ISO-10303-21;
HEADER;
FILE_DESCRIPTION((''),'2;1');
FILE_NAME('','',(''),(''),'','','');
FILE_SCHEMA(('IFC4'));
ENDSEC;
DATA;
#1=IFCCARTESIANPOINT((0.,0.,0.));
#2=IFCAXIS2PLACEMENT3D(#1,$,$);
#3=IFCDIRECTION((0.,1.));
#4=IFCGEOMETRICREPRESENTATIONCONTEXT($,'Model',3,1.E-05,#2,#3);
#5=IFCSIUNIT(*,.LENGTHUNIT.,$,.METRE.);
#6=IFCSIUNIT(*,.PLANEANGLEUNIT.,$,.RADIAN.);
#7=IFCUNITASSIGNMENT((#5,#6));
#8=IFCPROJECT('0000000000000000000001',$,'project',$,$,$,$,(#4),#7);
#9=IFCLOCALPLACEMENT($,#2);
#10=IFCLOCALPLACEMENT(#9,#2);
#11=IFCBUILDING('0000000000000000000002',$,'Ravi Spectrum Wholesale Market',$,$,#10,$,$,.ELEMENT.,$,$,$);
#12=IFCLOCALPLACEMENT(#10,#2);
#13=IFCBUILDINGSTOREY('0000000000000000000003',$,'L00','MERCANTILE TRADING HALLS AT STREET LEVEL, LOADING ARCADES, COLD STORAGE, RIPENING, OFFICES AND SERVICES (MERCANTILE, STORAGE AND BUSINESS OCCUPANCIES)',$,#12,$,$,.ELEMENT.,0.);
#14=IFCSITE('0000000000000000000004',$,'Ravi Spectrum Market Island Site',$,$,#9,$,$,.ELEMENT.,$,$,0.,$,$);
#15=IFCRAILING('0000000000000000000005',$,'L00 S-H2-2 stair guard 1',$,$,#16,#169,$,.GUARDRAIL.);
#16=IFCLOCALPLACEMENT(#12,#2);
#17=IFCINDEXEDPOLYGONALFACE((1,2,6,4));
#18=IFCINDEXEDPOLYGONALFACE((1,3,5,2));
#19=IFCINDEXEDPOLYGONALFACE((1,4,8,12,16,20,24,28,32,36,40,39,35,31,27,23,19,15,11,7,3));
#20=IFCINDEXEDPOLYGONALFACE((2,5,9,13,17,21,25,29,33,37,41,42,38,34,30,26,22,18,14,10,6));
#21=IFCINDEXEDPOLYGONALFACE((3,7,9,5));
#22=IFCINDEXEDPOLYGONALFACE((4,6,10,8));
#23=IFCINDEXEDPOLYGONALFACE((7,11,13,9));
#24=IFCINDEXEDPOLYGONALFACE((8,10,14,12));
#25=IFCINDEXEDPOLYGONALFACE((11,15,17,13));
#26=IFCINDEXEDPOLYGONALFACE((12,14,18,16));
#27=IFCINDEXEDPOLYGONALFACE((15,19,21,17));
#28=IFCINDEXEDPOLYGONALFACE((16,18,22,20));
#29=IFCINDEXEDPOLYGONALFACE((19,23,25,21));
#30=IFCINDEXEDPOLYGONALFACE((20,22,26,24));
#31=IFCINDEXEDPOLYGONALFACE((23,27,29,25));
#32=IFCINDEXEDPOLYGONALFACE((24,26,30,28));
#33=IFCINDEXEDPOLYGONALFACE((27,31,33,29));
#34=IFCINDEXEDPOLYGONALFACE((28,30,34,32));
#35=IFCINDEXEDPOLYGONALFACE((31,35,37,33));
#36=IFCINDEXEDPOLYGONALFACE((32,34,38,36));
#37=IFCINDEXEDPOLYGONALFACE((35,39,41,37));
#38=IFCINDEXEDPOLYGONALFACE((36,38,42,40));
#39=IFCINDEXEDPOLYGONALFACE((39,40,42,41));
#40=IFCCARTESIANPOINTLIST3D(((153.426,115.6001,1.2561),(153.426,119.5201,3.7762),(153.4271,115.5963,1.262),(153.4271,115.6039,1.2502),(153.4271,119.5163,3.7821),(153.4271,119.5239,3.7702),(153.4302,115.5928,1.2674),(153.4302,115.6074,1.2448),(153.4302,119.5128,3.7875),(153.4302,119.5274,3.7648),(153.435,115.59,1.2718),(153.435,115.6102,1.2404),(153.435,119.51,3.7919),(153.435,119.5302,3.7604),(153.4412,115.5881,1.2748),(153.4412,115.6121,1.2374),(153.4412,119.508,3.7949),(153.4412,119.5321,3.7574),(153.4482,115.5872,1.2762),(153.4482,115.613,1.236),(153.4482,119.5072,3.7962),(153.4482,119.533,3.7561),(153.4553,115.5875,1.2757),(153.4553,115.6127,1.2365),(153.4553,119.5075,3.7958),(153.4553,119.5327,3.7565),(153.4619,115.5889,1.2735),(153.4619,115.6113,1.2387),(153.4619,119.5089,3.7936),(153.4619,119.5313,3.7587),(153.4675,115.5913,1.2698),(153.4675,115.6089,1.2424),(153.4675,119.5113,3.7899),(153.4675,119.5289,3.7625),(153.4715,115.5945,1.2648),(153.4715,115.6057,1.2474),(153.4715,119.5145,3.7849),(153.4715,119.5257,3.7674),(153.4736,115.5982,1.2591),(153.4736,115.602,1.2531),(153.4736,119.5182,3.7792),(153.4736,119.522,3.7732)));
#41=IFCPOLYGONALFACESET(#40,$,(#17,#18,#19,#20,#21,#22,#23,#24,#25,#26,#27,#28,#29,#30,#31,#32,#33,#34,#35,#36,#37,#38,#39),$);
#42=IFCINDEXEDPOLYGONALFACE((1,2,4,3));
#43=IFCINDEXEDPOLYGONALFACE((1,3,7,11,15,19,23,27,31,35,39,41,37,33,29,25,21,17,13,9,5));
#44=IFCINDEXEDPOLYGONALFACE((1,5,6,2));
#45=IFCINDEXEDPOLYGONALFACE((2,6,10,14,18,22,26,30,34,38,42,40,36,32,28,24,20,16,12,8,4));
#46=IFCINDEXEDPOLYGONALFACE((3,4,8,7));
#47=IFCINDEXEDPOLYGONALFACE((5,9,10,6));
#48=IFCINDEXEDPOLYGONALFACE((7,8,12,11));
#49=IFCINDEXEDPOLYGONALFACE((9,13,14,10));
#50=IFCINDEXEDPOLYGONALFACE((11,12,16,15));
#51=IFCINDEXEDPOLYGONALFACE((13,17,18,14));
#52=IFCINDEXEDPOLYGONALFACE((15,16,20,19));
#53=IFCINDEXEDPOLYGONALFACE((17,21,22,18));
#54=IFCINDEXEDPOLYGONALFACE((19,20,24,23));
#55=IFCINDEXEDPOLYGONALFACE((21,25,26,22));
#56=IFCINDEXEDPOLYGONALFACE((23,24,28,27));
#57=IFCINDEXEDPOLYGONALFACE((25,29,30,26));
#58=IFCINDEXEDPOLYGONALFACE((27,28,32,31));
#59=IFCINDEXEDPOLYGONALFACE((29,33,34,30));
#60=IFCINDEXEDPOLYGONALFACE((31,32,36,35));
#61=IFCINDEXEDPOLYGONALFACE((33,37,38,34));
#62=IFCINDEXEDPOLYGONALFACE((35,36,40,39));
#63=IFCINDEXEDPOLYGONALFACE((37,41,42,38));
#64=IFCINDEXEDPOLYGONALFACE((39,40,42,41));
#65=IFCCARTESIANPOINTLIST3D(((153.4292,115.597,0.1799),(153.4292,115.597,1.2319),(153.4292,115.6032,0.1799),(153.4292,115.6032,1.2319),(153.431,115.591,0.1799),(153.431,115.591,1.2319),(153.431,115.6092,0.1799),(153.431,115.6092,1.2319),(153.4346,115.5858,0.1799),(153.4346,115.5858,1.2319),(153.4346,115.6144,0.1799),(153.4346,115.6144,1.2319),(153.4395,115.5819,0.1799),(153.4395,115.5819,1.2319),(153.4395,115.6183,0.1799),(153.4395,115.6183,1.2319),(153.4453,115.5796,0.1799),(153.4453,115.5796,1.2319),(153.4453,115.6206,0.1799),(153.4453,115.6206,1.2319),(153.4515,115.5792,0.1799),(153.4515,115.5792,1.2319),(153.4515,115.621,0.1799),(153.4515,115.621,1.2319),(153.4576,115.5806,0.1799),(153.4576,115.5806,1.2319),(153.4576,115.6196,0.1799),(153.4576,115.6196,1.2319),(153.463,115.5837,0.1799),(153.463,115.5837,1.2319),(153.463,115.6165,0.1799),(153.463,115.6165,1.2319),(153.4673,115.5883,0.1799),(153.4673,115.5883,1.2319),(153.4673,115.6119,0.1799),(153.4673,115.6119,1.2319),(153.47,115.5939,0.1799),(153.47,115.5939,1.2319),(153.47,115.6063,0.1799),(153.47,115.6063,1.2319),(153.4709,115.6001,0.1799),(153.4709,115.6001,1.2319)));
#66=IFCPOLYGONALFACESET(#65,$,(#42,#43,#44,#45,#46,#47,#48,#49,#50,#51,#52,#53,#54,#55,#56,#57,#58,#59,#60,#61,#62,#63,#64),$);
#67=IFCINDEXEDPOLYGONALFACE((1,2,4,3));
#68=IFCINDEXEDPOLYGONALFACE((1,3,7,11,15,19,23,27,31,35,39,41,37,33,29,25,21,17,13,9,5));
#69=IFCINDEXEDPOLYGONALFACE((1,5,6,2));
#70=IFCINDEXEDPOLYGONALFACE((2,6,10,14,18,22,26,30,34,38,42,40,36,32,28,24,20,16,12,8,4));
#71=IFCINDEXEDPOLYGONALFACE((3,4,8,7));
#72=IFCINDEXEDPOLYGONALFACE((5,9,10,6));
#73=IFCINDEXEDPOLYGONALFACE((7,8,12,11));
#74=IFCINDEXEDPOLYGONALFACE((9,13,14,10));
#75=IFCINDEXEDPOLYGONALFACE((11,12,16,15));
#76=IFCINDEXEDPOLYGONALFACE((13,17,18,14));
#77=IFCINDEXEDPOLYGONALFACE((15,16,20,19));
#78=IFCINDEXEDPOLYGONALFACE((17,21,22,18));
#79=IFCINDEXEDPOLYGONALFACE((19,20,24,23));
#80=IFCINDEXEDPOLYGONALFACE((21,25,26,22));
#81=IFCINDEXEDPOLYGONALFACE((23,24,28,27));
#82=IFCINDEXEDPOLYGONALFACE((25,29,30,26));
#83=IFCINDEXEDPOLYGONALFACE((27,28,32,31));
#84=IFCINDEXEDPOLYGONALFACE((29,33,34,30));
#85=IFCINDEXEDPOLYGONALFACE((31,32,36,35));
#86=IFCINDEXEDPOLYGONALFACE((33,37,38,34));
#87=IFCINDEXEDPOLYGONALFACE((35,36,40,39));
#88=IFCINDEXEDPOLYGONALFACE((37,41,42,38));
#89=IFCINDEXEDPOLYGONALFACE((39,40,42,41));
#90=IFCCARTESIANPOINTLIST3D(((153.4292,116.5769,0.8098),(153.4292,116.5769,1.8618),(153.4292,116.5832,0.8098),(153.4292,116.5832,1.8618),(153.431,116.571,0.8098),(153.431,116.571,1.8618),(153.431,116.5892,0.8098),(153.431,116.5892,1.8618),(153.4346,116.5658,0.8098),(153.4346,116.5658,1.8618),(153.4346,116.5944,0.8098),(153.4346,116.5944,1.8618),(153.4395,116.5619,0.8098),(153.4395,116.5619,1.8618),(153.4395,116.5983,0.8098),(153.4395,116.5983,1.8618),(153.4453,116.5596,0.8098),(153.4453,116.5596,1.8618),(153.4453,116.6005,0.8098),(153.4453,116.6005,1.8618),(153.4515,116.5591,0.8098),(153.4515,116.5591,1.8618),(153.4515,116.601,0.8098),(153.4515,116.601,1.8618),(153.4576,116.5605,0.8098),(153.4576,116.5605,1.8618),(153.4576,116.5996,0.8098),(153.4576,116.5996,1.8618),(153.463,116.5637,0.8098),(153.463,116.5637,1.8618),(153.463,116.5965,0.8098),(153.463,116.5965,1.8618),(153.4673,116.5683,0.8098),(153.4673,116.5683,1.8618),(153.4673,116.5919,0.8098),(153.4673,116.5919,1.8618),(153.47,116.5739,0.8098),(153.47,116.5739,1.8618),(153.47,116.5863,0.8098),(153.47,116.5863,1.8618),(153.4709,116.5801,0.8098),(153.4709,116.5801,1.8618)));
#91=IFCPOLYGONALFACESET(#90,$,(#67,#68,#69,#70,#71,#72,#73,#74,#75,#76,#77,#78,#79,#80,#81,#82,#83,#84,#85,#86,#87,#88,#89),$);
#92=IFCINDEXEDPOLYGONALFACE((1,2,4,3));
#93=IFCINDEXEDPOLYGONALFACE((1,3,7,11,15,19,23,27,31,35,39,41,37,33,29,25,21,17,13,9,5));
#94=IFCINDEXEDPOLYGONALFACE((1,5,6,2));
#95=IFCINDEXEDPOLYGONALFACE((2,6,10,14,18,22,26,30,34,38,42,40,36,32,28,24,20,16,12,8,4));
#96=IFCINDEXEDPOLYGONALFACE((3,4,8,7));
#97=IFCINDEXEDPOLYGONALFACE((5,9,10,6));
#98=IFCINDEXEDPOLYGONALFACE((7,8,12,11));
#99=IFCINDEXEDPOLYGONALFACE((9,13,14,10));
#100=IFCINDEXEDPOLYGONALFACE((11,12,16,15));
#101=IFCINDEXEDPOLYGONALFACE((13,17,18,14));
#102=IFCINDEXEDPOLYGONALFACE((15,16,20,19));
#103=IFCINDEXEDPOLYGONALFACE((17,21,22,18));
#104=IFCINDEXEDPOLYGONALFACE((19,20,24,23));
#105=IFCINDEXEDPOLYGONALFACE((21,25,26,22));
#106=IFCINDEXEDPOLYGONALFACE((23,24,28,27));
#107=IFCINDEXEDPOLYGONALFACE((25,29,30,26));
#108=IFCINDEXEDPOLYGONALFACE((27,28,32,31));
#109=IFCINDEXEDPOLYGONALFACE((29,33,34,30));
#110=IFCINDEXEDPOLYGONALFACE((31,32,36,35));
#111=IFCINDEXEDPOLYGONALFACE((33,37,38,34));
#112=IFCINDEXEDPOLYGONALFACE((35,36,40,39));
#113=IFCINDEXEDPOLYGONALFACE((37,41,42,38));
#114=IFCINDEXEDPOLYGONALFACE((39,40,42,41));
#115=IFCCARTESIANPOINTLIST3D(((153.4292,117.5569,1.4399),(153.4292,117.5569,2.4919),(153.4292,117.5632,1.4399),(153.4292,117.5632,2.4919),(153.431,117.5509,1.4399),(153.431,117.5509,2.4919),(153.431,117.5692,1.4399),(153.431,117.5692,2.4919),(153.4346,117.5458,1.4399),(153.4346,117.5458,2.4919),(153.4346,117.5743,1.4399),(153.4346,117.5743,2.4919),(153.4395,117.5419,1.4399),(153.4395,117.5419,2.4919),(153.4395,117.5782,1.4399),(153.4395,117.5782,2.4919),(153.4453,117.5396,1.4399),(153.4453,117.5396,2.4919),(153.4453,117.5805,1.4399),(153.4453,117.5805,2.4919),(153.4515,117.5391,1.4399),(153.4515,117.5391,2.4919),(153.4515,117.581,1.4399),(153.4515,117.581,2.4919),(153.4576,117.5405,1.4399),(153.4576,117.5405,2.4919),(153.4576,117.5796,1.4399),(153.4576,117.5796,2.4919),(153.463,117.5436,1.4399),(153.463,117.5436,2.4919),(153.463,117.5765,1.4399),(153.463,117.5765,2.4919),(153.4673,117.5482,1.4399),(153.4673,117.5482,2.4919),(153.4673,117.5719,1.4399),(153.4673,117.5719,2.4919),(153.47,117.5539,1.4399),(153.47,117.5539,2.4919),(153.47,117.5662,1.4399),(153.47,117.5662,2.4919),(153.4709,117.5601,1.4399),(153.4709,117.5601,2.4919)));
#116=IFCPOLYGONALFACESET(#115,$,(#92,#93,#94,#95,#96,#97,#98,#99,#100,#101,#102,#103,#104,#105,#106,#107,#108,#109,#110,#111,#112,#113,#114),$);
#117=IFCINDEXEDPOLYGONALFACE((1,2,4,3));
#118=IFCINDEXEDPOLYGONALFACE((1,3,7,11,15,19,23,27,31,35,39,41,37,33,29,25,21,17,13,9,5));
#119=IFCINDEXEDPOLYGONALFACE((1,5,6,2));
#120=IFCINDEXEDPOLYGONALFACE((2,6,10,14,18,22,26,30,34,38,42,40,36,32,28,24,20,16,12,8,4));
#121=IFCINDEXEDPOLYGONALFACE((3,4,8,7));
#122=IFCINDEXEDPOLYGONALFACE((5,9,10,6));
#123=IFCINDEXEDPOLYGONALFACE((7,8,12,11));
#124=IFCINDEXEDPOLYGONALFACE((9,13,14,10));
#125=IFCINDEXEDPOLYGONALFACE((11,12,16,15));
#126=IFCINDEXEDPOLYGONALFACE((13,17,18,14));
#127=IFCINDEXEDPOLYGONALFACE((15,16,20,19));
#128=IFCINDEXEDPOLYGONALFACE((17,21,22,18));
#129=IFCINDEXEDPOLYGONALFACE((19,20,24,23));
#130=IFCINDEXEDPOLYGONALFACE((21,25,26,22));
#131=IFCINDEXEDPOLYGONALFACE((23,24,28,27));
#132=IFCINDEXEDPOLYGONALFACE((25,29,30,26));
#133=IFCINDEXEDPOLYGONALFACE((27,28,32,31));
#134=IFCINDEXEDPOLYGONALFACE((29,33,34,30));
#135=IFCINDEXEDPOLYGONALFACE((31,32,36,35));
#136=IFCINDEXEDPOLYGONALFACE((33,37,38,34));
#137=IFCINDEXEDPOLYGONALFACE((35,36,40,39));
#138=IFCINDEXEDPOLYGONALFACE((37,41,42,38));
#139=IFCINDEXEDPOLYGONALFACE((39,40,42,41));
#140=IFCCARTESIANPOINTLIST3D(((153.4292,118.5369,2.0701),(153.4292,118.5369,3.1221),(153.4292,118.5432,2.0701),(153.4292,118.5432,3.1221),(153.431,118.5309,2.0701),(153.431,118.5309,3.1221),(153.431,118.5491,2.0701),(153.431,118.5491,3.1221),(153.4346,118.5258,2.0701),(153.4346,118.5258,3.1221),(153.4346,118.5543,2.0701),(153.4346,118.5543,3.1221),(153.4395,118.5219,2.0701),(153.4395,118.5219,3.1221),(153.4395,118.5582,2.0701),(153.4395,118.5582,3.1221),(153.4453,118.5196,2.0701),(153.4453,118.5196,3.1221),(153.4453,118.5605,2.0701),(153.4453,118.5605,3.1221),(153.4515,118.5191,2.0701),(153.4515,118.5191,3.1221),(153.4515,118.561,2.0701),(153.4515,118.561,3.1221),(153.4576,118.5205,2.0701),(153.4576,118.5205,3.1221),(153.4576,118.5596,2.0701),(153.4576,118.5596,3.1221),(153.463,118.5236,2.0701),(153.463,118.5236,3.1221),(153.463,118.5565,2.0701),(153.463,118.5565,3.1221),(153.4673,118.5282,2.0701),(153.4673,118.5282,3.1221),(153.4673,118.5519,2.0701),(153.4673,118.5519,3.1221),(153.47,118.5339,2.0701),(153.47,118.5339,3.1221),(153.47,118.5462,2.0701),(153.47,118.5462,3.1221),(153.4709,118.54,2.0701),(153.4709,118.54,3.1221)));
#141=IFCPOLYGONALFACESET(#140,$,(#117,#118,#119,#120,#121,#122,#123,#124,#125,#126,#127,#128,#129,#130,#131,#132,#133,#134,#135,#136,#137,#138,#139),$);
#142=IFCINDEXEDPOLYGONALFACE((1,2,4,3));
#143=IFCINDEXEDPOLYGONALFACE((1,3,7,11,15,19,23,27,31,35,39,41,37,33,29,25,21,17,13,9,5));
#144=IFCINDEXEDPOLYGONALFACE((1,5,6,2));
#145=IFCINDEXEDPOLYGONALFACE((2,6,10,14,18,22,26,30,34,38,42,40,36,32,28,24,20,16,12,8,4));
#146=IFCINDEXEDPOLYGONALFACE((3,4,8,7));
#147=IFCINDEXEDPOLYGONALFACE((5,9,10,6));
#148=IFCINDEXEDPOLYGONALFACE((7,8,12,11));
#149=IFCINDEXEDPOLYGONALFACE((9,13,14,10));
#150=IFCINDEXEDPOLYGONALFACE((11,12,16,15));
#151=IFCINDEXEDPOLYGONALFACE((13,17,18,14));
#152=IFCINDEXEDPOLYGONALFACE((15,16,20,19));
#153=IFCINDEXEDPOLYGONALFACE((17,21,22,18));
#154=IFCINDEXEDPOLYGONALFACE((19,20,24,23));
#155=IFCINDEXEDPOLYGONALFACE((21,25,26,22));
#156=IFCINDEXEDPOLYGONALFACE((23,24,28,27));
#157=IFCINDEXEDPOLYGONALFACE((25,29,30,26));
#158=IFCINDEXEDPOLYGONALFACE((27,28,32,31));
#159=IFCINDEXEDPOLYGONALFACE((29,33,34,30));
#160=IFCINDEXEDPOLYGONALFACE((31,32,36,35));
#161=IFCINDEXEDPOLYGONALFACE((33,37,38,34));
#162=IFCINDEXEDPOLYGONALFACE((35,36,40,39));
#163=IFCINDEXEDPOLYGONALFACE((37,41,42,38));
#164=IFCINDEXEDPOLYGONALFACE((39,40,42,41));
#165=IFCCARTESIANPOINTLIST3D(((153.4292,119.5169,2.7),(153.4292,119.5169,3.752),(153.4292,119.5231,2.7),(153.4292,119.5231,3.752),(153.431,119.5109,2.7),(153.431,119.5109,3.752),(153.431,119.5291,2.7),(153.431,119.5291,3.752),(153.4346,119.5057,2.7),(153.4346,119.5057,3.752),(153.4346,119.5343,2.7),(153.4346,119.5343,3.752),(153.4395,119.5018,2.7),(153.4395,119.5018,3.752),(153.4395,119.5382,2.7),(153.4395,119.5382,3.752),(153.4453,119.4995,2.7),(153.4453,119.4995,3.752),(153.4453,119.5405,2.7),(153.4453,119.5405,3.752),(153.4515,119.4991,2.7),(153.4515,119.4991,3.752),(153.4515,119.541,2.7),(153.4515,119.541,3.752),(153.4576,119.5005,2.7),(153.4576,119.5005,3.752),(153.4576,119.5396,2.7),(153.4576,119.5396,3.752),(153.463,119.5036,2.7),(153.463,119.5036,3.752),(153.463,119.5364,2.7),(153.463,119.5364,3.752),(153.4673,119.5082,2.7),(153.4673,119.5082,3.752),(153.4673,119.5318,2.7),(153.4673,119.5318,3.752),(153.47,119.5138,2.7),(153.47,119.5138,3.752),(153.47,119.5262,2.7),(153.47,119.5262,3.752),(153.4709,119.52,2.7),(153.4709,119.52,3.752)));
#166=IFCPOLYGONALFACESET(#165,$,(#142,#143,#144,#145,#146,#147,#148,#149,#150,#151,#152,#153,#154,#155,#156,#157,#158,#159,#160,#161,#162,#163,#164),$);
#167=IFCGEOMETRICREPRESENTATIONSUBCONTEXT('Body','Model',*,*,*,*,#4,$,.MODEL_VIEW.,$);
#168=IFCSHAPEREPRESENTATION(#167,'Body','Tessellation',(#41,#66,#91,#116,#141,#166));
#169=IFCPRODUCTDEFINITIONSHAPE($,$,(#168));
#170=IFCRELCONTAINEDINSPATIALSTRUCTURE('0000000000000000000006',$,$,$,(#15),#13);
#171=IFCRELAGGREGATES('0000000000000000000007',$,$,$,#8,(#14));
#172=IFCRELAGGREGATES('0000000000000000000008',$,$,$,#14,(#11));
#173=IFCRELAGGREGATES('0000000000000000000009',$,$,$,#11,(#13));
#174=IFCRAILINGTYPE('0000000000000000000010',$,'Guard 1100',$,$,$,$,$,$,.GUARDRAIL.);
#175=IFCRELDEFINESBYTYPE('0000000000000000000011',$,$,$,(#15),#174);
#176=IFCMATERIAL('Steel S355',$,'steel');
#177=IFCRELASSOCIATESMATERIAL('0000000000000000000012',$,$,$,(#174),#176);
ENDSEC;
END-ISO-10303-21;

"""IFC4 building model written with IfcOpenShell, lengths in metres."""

from ifc_helpers import new_model, si_unit, direction, frame, origin, origin_2d, place, context, subcontext, project, spatial, circle, extrude, material, type_object, element, save


model = new_model("IFC4")

# Units and contexts
model_context = context("Model", 3, precision=1e-05, world=origin(), true_north=direction((0.0, 1.0)))
body_context = subcontext(model_context, "Body", "Model", "MODEL_VIEW")
ifc_project = project(units=[si_unit("LENGTHUNIT", "METRE"), si_unit("PLANEANGLEUNIT", "RADIAN")], contexts=[model_context])

# Site, building, storey
site_placement = place(None, origin())
site = spatial("IfcSite", under=ifc_project, at=site_placement, Name="Ravi Spectrum Market Island Site", CompositionType="ELEMENT", RefElevation=0.0)
building_placement = place(site_placement, origin())
building = spatial("IfcBuilding", under=site, at=building_placement, Name="Ravi Spectrum Wholesale Market", CompositionType="ELEMENT")
storey_placement = place(building_placement, origin())
storey = spatial("IfcBuildingStorey", under=building, at=storey_placement, Name="L00", Description="MERCANTILE TRADING HALLS AT STREET LEVEL, LOADING ARCADES, COLD STORAGE, RIPENING, OFFICES AND SERVICES (MERCANTILE, STORAGE AND BUSINESS OCCUPANCIES)", CompositionType="ELEMENT", Elevation=0.0)

# Railing
ifc_material_1 = material(Name="Steel S355", Category="steel")
railing_type = type_object("IfcRailingType", Name="Guard 1100", PredefinedType="GUARDRAIL", material=ifc_material_1)
railing_1_placement = place(storey_placement, frame((153.45, 115.6001, 0.1799)))
element("IfcRailing", 1, at=railing_1_placement, inside=storey, type_object=railing_type, Name="L00 S-H2-2 stair guard 1", PredefinedType="GUARDRAIL", context=body_context, shape_type="SweptSolid", body=[
    extrude(circle(Radius=0.0239, at=origin_2d()), frame((0.0, 0.0, 1.0762), z_axis=(0.0, 0.841172, 0.540768), x_axis=(-1.0, 0.0, 0.0)), (0.0, 0.0, 1.0), 4.6602),
    extrude(circle(Radius=0.021, at=origin_2d()), origin(), (0.0, 0.0, 1.0), 1.052),
    extrude(circle(Radius=0.021, at=origin_2d()), frame((0.0, 0.98, 0.6299)), (0.0, 0.0, 1.0), 1.052),
    extrude(circle(Radius=0.021, at=origin_2d()), frame((0.0, 1.96, 1.26)), (0.0, 0.0, 1.0), 1.052),
    extrude(circle(Radius=0.021, at=origin_2d()), frame((0.0, 2.9399, 1.8901)), (0.0, 0.0, 1.0), 1.052),
    extrude(circle(Radius=0.021, at=origin_2d()), frame((0.0, 3.9199, 2.52)), (0.0, 0.0, 1.0), 1.052),
])

save(model, "model.ifc")
